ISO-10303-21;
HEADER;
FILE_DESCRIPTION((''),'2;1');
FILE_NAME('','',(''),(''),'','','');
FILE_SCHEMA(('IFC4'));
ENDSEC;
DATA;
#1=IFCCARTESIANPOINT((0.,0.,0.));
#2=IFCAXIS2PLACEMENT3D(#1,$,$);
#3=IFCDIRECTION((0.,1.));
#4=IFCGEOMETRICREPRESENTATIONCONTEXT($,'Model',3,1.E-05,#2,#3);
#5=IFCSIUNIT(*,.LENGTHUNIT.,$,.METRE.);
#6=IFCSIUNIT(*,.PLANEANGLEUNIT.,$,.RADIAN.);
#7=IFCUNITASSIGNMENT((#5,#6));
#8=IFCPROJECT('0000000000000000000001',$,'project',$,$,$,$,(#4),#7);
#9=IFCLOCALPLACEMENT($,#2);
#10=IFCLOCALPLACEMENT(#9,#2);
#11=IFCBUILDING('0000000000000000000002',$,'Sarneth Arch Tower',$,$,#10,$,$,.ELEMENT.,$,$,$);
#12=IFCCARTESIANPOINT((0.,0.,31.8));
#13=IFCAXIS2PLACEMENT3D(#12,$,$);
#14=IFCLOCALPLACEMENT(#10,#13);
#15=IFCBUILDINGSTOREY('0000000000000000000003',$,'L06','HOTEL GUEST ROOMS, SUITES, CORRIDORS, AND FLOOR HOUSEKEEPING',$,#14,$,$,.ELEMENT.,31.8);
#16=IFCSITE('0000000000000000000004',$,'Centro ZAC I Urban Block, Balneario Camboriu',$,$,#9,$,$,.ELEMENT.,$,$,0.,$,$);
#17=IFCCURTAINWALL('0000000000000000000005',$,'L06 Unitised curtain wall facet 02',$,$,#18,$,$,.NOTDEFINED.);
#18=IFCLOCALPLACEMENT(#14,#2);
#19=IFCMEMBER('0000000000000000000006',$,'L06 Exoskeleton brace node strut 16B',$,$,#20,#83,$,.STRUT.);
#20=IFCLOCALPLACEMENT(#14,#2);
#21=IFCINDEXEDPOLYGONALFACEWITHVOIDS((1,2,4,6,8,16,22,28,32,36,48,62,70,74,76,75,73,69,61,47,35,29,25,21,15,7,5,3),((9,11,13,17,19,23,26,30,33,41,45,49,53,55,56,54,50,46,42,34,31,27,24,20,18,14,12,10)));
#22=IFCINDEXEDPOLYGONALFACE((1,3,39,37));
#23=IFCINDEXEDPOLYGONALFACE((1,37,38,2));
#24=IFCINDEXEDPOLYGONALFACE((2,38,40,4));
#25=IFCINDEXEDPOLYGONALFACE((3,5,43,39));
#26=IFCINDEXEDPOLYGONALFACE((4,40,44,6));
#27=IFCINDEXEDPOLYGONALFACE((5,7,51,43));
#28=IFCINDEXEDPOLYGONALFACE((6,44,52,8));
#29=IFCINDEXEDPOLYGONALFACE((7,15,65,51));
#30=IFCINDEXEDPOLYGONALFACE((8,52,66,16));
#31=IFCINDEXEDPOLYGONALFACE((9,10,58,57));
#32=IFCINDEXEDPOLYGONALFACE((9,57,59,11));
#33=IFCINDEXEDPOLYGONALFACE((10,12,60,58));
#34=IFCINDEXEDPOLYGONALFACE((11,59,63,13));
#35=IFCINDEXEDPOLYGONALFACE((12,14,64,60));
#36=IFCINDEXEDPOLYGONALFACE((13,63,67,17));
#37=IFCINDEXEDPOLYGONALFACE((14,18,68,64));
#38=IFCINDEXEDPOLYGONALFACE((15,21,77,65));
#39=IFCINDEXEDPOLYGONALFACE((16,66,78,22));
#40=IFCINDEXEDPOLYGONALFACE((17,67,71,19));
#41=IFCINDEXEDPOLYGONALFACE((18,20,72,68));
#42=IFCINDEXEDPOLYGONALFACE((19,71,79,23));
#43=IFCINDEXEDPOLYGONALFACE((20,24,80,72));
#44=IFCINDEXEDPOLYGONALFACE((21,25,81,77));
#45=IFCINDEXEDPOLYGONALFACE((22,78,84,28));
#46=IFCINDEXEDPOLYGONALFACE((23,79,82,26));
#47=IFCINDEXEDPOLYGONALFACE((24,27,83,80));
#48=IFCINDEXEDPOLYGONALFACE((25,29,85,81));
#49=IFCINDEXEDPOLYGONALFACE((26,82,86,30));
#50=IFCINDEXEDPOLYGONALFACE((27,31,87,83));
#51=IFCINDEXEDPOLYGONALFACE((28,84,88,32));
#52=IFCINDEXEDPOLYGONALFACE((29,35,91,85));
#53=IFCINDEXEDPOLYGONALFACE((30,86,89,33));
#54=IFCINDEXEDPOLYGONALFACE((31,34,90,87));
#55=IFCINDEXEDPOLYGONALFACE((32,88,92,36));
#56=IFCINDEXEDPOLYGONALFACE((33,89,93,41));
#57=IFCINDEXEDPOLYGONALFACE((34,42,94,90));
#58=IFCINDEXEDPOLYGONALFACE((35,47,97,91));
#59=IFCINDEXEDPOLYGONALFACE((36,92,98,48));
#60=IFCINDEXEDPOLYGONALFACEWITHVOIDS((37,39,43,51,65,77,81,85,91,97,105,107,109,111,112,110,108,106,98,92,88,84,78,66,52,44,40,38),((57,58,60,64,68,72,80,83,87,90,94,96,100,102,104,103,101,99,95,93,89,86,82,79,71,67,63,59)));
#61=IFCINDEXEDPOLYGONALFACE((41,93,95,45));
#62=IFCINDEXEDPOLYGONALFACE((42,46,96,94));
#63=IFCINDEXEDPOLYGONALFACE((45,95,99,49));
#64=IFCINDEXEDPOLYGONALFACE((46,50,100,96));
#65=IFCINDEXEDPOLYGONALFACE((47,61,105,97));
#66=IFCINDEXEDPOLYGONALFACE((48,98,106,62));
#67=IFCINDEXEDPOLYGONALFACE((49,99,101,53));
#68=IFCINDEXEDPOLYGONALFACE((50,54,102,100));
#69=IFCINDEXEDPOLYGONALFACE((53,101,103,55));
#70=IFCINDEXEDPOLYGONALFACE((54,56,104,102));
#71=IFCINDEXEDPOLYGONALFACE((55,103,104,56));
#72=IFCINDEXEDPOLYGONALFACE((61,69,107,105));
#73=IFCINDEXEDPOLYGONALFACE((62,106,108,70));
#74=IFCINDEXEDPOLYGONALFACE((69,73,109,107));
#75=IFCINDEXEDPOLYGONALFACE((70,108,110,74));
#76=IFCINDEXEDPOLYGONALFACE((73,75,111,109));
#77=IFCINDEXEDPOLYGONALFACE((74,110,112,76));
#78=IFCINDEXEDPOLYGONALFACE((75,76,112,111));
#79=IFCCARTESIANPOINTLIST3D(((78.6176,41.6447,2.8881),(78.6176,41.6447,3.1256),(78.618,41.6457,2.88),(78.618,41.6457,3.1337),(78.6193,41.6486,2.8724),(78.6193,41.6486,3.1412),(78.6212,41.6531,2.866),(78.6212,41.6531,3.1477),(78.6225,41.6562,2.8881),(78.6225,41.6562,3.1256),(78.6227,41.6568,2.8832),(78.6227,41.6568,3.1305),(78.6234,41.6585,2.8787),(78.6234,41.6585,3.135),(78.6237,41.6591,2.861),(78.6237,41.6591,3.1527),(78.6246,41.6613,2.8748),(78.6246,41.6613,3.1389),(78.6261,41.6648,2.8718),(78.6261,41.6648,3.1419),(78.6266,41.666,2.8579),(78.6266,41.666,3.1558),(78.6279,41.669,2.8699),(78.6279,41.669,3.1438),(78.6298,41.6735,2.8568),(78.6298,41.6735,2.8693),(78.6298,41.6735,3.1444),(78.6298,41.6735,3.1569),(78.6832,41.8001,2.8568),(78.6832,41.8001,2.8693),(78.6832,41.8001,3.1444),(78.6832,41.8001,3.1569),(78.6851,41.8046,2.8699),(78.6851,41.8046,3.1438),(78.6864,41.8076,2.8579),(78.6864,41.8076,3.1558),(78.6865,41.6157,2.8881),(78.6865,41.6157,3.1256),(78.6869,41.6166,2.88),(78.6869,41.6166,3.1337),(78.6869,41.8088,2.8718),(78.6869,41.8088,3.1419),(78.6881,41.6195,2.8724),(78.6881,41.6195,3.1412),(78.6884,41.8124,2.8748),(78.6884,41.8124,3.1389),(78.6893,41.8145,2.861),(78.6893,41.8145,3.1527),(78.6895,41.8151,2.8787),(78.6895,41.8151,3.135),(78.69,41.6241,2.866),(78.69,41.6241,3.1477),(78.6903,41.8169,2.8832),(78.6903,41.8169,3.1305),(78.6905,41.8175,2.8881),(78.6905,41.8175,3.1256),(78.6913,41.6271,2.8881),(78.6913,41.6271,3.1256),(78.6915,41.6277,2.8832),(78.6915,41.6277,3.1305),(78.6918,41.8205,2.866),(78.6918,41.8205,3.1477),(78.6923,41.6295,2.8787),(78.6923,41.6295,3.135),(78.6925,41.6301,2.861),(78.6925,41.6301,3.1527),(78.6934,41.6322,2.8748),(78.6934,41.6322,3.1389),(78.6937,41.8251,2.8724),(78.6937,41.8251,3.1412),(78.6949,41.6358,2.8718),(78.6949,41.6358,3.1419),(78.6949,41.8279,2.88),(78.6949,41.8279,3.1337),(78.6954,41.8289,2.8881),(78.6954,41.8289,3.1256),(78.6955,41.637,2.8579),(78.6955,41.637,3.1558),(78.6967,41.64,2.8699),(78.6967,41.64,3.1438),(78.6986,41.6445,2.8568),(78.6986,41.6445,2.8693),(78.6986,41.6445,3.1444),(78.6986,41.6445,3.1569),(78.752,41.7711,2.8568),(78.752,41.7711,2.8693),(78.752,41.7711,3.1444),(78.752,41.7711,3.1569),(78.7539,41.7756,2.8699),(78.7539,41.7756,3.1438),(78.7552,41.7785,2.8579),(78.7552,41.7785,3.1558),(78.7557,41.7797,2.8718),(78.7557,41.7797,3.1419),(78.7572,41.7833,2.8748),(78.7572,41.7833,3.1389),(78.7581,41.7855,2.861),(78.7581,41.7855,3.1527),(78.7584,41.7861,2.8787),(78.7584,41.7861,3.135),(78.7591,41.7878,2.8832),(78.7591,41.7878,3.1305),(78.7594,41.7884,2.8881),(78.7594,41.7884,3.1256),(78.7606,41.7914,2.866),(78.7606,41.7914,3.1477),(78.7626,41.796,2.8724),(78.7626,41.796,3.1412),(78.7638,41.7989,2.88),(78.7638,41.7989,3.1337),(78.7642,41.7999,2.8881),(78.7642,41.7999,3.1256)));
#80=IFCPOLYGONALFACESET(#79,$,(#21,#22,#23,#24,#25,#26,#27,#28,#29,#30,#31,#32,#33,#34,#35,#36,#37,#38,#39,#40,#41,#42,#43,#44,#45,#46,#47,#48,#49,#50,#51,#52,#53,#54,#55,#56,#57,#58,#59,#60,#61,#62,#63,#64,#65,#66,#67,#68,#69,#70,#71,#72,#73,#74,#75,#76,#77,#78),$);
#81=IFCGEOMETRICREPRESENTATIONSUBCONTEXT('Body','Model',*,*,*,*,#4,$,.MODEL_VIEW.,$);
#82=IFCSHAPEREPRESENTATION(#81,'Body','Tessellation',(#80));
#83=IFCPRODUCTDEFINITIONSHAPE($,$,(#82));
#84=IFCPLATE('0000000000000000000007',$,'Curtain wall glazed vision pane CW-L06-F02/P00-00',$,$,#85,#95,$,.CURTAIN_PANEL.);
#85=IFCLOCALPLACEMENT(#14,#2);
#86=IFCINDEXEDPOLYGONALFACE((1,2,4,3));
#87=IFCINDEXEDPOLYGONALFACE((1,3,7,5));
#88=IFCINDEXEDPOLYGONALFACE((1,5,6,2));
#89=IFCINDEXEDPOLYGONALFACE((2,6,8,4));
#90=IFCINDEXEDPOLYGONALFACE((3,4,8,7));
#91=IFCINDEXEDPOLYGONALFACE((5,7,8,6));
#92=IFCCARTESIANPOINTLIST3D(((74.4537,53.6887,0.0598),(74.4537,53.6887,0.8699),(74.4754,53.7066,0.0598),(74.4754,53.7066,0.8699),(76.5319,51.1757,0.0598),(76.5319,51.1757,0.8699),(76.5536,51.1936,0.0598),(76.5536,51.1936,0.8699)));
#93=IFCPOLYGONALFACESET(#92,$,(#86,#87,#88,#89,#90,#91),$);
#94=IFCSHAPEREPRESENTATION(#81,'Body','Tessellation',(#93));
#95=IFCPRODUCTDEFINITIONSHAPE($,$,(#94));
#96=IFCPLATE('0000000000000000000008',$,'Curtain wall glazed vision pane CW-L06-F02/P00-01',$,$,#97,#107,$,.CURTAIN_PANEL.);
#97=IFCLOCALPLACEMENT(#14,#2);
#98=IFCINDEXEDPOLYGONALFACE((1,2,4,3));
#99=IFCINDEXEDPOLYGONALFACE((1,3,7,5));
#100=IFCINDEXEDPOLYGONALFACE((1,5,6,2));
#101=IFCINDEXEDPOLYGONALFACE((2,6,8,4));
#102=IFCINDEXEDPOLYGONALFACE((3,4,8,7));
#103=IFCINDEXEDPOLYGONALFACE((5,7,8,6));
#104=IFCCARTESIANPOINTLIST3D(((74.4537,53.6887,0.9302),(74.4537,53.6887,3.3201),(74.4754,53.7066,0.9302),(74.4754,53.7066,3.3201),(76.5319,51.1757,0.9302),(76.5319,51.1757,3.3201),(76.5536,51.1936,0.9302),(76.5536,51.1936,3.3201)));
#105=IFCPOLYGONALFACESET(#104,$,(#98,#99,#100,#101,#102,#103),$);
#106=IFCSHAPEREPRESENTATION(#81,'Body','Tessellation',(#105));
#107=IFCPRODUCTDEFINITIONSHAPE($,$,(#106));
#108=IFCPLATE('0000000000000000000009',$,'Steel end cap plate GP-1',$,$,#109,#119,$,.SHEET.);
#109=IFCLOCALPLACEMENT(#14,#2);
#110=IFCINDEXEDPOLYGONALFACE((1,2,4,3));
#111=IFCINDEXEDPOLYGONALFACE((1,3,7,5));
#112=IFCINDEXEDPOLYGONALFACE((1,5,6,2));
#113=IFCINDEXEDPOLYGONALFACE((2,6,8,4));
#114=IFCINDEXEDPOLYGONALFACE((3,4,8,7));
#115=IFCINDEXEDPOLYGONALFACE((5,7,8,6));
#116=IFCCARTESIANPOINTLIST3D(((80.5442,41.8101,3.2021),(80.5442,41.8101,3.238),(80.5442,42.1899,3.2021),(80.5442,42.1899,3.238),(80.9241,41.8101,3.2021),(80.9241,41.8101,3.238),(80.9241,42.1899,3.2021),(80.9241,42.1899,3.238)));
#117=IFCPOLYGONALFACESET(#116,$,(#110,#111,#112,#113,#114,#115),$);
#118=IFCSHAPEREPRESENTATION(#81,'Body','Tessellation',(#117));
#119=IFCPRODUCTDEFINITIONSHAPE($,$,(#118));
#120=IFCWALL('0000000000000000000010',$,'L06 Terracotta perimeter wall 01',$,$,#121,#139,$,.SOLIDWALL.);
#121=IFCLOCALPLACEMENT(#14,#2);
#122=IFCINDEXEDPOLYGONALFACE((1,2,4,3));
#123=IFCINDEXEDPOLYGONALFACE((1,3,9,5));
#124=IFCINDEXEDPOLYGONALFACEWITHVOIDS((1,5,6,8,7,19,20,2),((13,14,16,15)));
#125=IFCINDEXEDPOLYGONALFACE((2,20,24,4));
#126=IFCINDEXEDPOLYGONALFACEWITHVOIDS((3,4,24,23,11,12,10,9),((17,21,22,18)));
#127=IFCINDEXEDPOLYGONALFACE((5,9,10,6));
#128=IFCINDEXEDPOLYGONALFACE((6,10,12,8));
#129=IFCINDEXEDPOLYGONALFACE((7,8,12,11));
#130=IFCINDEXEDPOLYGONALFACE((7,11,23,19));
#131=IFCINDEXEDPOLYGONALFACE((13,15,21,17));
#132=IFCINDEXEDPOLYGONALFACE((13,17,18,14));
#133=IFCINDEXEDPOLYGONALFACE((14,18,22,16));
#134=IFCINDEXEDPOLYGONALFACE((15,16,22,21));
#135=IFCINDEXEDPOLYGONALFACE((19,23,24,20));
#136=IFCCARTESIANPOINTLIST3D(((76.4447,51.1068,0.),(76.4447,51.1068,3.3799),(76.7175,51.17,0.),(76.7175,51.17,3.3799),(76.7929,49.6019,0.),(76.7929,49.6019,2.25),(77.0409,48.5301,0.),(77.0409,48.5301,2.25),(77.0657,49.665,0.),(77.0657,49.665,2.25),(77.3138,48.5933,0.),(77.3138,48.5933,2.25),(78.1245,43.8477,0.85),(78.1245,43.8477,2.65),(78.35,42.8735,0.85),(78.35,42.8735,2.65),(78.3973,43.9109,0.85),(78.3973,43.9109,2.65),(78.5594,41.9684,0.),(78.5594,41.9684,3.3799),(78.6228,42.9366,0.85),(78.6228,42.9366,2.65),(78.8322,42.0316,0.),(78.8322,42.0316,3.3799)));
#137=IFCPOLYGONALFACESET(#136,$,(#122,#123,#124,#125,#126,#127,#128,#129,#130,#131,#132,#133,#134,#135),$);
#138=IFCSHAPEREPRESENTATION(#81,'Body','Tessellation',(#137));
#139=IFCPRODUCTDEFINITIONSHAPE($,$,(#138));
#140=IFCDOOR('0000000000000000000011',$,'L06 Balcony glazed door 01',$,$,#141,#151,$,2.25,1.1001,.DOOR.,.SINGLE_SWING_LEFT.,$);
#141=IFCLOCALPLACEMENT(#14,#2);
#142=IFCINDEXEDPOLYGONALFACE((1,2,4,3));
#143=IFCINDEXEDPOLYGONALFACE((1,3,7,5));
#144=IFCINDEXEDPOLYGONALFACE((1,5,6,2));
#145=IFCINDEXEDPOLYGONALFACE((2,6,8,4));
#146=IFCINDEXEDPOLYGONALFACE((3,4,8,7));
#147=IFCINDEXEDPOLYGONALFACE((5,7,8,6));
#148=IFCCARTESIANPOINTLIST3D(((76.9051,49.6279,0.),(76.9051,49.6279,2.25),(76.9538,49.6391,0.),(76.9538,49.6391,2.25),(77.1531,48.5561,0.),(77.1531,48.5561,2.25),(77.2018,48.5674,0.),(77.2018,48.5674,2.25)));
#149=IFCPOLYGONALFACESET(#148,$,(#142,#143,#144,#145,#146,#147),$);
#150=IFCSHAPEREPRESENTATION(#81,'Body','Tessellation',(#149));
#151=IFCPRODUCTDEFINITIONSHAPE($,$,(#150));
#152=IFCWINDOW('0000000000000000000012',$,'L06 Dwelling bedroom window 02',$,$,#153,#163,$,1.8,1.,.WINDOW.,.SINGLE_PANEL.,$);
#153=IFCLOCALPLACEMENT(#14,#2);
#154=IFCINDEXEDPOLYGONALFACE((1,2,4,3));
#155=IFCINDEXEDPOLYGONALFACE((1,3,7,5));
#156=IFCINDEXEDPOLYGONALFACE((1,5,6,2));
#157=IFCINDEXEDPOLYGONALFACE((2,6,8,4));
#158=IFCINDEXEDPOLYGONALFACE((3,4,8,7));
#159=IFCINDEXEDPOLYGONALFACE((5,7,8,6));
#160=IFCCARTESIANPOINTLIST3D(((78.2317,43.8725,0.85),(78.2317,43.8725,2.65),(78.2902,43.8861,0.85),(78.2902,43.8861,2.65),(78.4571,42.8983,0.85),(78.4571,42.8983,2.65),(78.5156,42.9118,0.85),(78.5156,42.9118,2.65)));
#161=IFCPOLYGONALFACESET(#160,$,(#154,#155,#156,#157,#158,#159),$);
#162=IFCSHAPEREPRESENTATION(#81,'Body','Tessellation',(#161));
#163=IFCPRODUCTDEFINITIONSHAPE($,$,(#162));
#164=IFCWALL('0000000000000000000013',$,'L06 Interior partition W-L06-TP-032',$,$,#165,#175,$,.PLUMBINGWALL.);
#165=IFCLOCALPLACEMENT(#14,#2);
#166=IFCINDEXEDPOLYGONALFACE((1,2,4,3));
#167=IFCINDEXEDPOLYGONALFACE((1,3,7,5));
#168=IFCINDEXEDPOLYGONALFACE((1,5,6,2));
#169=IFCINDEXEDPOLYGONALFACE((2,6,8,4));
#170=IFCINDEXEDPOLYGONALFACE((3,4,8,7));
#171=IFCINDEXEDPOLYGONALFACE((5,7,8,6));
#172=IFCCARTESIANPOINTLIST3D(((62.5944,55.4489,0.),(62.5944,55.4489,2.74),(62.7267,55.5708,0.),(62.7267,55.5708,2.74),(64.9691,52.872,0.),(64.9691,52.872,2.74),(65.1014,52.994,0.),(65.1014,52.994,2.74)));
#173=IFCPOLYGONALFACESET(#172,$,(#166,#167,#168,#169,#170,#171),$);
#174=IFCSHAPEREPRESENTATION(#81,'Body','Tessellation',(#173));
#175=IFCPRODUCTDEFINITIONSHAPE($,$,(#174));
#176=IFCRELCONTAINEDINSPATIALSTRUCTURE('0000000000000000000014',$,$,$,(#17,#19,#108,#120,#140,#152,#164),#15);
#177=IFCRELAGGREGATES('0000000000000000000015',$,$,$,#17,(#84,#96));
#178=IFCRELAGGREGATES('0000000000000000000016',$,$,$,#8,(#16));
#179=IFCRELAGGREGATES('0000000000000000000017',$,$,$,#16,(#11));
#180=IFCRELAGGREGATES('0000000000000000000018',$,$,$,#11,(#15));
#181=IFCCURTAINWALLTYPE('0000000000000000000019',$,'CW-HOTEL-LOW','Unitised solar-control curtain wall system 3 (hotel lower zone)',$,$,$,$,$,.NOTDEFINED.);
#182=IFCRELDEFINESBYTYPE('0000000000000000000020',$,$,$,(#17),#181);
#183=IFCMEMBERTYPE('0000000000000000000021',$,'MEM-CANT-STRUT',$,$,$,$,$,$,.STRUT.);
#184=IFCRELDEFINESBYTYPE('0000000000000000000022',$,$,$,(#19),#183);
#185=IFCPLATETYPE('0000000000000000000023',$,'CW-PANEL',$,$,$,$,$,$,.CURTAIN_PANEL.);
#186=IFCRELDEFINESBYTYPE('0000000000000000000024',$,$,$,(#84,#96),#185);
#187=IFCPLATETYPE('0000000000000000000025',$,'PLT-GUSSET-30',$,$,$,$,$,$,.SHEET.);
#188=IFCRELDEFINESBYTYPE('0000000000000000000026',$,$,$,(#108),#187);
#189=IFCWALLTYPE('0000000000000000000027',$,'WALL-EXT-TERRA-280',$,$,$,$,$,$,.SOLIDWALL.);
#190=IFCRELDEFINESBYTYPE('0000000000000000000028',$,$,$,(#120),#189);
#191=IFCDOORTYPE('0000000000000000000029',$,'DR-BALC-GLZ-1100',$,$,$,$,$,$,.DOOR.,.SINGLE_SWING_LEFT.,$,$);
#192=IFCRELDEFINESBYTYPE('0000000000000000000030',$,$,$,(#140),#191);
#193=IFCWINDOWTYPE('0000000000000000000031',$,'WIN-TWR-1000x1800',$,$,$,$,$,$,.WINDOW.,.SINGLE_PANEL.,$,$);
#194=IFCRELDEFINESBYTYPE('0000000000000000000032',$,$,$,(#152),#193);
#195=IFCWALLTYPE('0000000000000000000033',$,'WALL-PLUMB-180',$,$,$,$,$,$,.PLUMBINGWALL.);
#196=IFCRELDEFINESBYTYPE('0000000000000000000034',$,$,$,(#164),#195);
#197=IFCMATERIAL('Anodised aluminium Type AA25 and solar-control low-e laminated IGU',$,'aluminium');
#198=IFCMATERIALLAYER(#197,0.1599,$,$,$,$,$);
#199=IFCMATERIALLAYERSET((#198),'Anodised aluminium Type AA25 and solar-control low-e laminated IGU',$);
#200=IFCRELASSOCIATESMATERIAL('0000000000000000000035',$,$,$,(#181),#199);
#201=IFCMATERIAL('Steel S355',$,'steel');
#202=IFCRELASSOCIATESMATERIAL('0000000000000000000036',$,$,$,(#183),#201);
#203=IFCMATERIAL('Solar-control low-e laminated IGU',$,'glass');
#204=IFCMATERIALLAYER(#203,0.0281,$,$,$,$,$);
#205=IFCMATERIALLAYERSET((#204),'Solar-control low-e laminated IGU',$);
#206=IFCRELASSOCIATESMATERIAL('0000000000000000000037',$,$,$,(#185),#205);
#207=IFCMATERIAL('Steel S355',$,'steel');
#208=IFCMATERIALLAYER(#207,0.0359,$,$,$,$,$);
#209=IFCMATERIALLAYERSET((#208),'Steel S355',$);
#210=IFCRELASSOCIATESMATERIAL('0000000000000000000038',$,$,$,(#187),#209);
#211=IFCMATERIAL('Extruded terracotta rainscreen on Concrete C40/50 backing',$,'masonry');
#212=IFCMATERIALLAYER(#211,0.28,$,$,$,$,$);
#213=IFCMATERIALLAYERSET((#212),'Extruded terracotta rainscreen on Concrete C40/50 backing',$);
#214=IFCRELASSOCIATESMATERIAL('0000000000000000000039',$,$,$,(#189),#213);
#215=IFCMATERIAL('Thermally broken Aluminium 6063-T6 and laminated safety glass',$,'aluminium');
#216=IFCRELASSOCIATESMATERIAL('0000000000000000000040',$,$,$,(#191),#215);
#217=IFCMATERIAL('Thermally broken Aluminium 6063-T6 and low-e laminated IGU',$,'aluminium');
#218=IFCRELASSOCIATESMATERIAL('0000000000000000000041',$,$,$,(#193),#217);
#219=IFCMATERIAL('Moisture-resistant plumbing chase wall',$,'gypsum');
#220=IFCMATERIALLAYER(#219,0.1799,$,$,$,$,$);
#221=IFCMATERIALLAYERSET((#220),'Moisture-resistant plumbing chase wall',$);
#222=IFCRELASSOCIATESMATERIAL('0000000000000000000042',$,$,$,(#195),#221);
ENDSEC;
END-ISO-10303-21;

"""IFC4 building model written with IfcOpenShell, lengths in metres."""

from ifc_helpers import new_model, si_unit, direction, frame, frame_2d, origin, origin_2d, place, context, subcontext, project, spatial, rectangle, hollow_rectangle, extrude, material, layer, layer_set, material_profile, profile_set, type_object, element, fill, aggregate, save


model = new_model("IFC4")

# Units and contexts
model_context = context("Model", 3, precision=1e-05, world=origin(), true_north=direction((0.0, 1.0)))
body_context = subcontext(model_context, "Body", "Model", "MODEL_VIEW")
ifc_project = project(units=[si_unit("LENGTHUNIT", "METRE"), si_unit("PLANEANGLEUNIT", "RADIAN")], contexts=[model_context])

# Site, building, storey
site_placement = place(None, origin())
site = spatial("IfcSite", under=ifc_project, at=site_placement, Name="Centro ZAC I Urban Block, Balneario Camboriu", CompositionType="ELEMENT", RefElevation=0.0)
building_placement = place(site_placement, origin())
building = spatial("IfcBuilding", under=site, at=building_placement, Name="Sarneth Arch Tower", CompositionType="ELEMENT")
storey_placement = place(building_placement, frame((0.0, 0.0, 31.8)))
storey = spatial("IfcBuildingStorey", under=building, at=storey_placement, Name="L06", Description="HOTEL GUEST ROOMS, SUITES, CORRIDORS, AND FLOOR HOUSEKEEPING", CompositionType="ELEMENT", Elevation=31.8)

# Curtain wall
ifc_material_1 = material(Name="Anodised aluminium Type AA25 and solar-control low-e laminated IGU", Category="aluminium")
ifc_layer_1 = layer(ifc_material_1, 0.1599)
ifc_layer_set_1 = layer_set([ifc_layer_1], Name="Anodised aluminium Type AA25 and solar-control low-e laminated IGU")
curtain_wall_type = type_object("IfcCurtainWallType", Name="CW-HOTEL-LOW", Description="Unitised solar-control curtain wall system 3 (hotel lower zone)", PredefinedType="NOTDEFINED", material=ifc_layer_set_1)
curtain_wall_placement = place(storey_placement, origin())
curtain_wall = element("IfcCurtainWall", 1, at=curtain_wall_placement, inside=storey, type_object=curtain_wall_type, Name="L06 Unitised curtain wall facet 02", PredefinedType="NOTDEFINED")

# Member
ifc_material_2 = material(Name="Steel S355", Category="steel")
ifc_material_profile_1 = material_profile(ifc_material_2, hollow_rectangle(XDim=0.2, YDim=0.3, WallThickness=0.0125, InnerFilletRadius=0.0188, OuterFilletRadius=0.0312, at=origin_2d()), Name="RHS300x200x12.5")
ifc_profile_set_1 = profile_set([ifc_material_profile_1], Name="Steel S355")
member_type_1 = type_object("IfcMemberType", Name="MEM-CANT-STRUT", PredefinedType="STRUT", material=ifc_profile_set_1)
member_1_placement = place(storey_placement, frame((78.6565, 41.7368, 3.0068), z_axis=(0.921328, -0.388787, 0.0), x_axis=(0.388787, 0.921328, 0.0)))
element("IfcMember", 2, at=member_1_placement, inside=storey, type_object=member_type_1, Name="L06 Exoskeleton brace node strut 16B", PredefinedType="STRUT", context=body_context, shape_type="SweptSolid", body=[
    extrude(hollow_rectangle(XDim=0.2, YDim=0.3, WallThickness=0.0125, InnerFilletRadius=0.0188, OuterFilletRadius=0.0312, at=origin_2d()), origin(), (0.0, 0.0, 1.0), 0.0747),
])

# Plates
ifc_material_3 = material(Name="Solar-control low-e laminated IGU", Category="glass")
ifc_layer_2 = layer(ifc_material_3, 0.0281)
ifc_layer_set_2 = layer_set([ifc_layer_2], Name="Solar-control low-e laminated IGU")
plate_type_1 = type_object("IfcPlateType", Name="CW-PANEL", PredefinedType="CURTAIN_PANEL", material=ifc_layer_set_2)
plate_1_placement = place(storey_placement, frame((75.5037, 52.4412, 0.0598), z_axis=(0.0, 0.0, 1.0), x_axis=(-0.637291, 0.770623, 0.0)))
plate_1 = element("IfcPlate", 3, at=plate_1_placement, type_object=plate_type_1, Name="Curtain wall glazed vision pane CW-L06-F02/P00-00", PredefinedType="CURTAIN_PANEL", context=body_context, shape_type="SweptSolid", body=[
    extrude(rectangle(XDim=3.261, YDim=0.0281, at=origin_2d()), origin(), (0.0, 0.0, 1.0), 0.8101),
])
plate_2_placement = place(storey_placement, frame((75.5037, 52.4412, 0.9302), z_axis=(0.0, 0.0, 1.0), x_axis=(-0.637291, 0.770623, 0.0)))
plate_2 = element("IfcPlate", 4, at=plate_2_placement, type_object=plate_type_1, Name="Curtain wall glazed vision pane CW-L06-F02/P00-01", PredefinedType="CURTAIN_PANEL", context=body_context, shape_type="SweptSolid", body=[
    extrude(rectangle(XDim=3.261, YDim=0.0281, at=origin_2d()), origin(), (0.0, 0.0, 1.0), 2.3899),
])
aggregate(curtain_wall, [plate_1, plate_2])
ifc_material_4 = material(Name="Steel S355", Category="steel")
ifc_layer_3 = layer(ifc_material_4, 0.0359)
ifc_layer_set_3 = layer_set([ifc_layer_3], Name="Steel S355")
plate_type_2 = type_object("IfcPlateType", Name="PLT-GUSSET-30", PredefinedType="SHEET", material=ifc_layer_set_3)
plate_3_placement = place(storey_placement, frame((80.7341, 42.0, 3.2021), z_axis=(0.0, 0.0, 1.0), x_axis=(1.0, 0.0, 0.0)))
element("IfcPlate", 5, at=plate_3_placement, inside=storey, type_object=plate_type_2, Name="Steel end cap plate GP-1", PredefinedType="SHEET", context=body_context, shape_type="SweptSolid", body=[
    extrude(rectangle(XDim=0.3799, YDim=0.3799, at=origin_2d()), origin(), (0.0, 0.0, 1.0), 0.0359),
])

# Wall, openings, door, window
ifc_material_5 = material(Name="Extruded terracotta rainscreen on Concrete C40/50 backing", Category="masonry")
ifc_layer_4 = layer(ifc_material_5, 0.28)
ifc_layer_set_4 = layer_set([ifc_layer_4], Name="Extruded terracotta rainscreen on Concrete C40/50 backing")
wall_type_1 = type_object("IfcWallType", Name="WALL-EXT-TERRA-280", PredefinedType="SOLIDWALL", material=ifc_layer_set_4)
wall_1_placement = place(storey_placement, frame((78.6958, 42.0, 0.0), z_axis=(0.0, 0.0, 1.0), x_axis=(-0.225454, 0.974254, 0.0)))
wall_1 = element("IfcWall", 6, at=wall_1_placement, inside=storey, type_object=wall_type_1, Name="L06 Terracotta perimeter wall 01", PredefinedType="SOLIDWALL", context=body_context, shape_type="SweptSolid", body=[
    extrude(rectangle(XDim=9.3799, YDim=0.28, at=frame_2d((4.6899, 0.0))), origin(), (0.0, 0.0, 1.0), 3.3799),
])
opening_1_placement = place(wall_1_placement, frame((6.7351, 0.0, 0.0)))
opening_1 = element("IfcOpeningElement", 7, at=opening_1_placement, cuts=wall_1, PredefinedType="OPENING", context=body_context, shape_type="SweptSolid", body=[
    extrude(rectangle(XDim=1.1001, YDim=2.25, at=frame_2d((0.55, 1.125))), frame((0.0, 0.1499, 0.0), z_axis=(0.0, -1.0, 0.0), x_axis=(1.0, 0.0, 0.0)), (0.0, 0.0, 1.0), 0.3),
])
opening_2_placement = place(wall_1_placement, frame((0.929, 0.0, 0.8501)))
opening_2 = element("IfcOpeningElement", 8, at=opening_2_placement, cuts=wall_1, PredefinedType="OPENING", context=body_context, shape_type="SweptSolid", body=[
    extrude(rectangle(XDim=1.0, YDim=1.8, at=frame_2d((0.5, 0.8999))), frame((0.0, 0.1499, 0.0), z_axis=(0.0, -1.0, 0.0), x_axis=(1.0, 0.0, 0.0)), (0.0, 0.0, 1.0), 0.3),
])
ifc_material_6 = material(Name="Thermally broken Aluminium 6063-T6 and laminated safety glass", Category="aluminium")
door_type = type_object("IfcDoorType", Name="DR-BALC-GLZ-1100", OperationType="SINGLE_SWING_LEFT", PredefinedType="DOOR", material=ifc_material_6)
door_placement = place(opening_1_placement, origin())
door = element("IfcDoor", 9, at=door_placement, inside=storey, type_object=door_type, Name="L06 Balcony glazed door 01", OperationType="SINGLE_SWING_LEFT", OverallHeight=2.25, OverallWidth=1.1001, PredefinedType="DOOR", context=body_context, shape_type="SweptSolid", body=[
    extrude(rectangle(XDim=1.1001, YDim=2.25, at=frame_2d((0.55, 1.125))), frame((0.0, 0.0249, 0.0), z_axis=(0.0, -1.0, 0.0), x_axis=(1.0, 0.0, 0.0)), (0.0, 0.0, 1.0), 0.05),
])
fill(opening_1, door)
ifc_material_7 = material(Name="Thermally broken Aluminium 6063-T6 and low-e laminated IGU", Category="aluminium")
window_type = type_object("IfcWindowType", Name="WIN-TWR-1000x1800", PartitioningType="SINGLE_PANEL", PredefinedType="WINDOW", material=ifc_material_7)
window_placement = place(opening_2_placement, origin())
window = element("IfcWindow", 10, at=window_placement, inside=storey, type_object=window_type, Name="L06 Dwelling bedroom window 02", OverallHeight=1.8, OverallWidth=1.0, PartitioningType="SINGLE_PANEL", PredefinedType="WINDOW", context=body_context, shape_type="SweptSolid", body=[
    extrude(rectangle(XDim=1.0, YDim=1.8, at=frame_2d((0.5, 0.8999))), frame((0.0, 0.03, 0.0), z_axis=(0.0, -1.0, 0.0), x_axis=(1.0, 0.0, 0.0)), (0.0, 0.0, 1.0), 0.0601),
])
fill(opening_2, window)

# Wall
ifc_material_8 = material(Name="Moisture-resistant plumbing chase wall", Category="gypsum")
ifc_layer_5 = layer(ifc_material_8, 0.1799)
ifc_layer_set_5 = layer_set([ifc_layer_5], Name="Moisture-resistant plumbing chase wall")
wall_type_2 = type_object("IfcWallType", Name="WALL-PLUMB-180", PredefinedType="PLUMBINGWALL", material=ifc_layer_set_5)
wall_2_placement = place(storey_placement, frame((65.0352, 52.9331, 0.0), z_axis=(0.0, 0.0, 1.0), x_axis=(-0.677675, 0.735361, 0.0)))
element("IfcWall", 11, at=wall_2_placement, inside=storey, type_object=wall_type_2, Name="L06 Interior partition W-L06-TP-032", PredefinedType="PLUMBINGWALL", context=body_context, shape_type="SweptSolid", body=[
    extrude(rectangle(XDim=3.5042, YDim=0.1799, at=frame_2d((1.752, 0.0))), origin(), (0.0, 0.0, 1.0), 2.74),
])

save(model, "model.ifc")
